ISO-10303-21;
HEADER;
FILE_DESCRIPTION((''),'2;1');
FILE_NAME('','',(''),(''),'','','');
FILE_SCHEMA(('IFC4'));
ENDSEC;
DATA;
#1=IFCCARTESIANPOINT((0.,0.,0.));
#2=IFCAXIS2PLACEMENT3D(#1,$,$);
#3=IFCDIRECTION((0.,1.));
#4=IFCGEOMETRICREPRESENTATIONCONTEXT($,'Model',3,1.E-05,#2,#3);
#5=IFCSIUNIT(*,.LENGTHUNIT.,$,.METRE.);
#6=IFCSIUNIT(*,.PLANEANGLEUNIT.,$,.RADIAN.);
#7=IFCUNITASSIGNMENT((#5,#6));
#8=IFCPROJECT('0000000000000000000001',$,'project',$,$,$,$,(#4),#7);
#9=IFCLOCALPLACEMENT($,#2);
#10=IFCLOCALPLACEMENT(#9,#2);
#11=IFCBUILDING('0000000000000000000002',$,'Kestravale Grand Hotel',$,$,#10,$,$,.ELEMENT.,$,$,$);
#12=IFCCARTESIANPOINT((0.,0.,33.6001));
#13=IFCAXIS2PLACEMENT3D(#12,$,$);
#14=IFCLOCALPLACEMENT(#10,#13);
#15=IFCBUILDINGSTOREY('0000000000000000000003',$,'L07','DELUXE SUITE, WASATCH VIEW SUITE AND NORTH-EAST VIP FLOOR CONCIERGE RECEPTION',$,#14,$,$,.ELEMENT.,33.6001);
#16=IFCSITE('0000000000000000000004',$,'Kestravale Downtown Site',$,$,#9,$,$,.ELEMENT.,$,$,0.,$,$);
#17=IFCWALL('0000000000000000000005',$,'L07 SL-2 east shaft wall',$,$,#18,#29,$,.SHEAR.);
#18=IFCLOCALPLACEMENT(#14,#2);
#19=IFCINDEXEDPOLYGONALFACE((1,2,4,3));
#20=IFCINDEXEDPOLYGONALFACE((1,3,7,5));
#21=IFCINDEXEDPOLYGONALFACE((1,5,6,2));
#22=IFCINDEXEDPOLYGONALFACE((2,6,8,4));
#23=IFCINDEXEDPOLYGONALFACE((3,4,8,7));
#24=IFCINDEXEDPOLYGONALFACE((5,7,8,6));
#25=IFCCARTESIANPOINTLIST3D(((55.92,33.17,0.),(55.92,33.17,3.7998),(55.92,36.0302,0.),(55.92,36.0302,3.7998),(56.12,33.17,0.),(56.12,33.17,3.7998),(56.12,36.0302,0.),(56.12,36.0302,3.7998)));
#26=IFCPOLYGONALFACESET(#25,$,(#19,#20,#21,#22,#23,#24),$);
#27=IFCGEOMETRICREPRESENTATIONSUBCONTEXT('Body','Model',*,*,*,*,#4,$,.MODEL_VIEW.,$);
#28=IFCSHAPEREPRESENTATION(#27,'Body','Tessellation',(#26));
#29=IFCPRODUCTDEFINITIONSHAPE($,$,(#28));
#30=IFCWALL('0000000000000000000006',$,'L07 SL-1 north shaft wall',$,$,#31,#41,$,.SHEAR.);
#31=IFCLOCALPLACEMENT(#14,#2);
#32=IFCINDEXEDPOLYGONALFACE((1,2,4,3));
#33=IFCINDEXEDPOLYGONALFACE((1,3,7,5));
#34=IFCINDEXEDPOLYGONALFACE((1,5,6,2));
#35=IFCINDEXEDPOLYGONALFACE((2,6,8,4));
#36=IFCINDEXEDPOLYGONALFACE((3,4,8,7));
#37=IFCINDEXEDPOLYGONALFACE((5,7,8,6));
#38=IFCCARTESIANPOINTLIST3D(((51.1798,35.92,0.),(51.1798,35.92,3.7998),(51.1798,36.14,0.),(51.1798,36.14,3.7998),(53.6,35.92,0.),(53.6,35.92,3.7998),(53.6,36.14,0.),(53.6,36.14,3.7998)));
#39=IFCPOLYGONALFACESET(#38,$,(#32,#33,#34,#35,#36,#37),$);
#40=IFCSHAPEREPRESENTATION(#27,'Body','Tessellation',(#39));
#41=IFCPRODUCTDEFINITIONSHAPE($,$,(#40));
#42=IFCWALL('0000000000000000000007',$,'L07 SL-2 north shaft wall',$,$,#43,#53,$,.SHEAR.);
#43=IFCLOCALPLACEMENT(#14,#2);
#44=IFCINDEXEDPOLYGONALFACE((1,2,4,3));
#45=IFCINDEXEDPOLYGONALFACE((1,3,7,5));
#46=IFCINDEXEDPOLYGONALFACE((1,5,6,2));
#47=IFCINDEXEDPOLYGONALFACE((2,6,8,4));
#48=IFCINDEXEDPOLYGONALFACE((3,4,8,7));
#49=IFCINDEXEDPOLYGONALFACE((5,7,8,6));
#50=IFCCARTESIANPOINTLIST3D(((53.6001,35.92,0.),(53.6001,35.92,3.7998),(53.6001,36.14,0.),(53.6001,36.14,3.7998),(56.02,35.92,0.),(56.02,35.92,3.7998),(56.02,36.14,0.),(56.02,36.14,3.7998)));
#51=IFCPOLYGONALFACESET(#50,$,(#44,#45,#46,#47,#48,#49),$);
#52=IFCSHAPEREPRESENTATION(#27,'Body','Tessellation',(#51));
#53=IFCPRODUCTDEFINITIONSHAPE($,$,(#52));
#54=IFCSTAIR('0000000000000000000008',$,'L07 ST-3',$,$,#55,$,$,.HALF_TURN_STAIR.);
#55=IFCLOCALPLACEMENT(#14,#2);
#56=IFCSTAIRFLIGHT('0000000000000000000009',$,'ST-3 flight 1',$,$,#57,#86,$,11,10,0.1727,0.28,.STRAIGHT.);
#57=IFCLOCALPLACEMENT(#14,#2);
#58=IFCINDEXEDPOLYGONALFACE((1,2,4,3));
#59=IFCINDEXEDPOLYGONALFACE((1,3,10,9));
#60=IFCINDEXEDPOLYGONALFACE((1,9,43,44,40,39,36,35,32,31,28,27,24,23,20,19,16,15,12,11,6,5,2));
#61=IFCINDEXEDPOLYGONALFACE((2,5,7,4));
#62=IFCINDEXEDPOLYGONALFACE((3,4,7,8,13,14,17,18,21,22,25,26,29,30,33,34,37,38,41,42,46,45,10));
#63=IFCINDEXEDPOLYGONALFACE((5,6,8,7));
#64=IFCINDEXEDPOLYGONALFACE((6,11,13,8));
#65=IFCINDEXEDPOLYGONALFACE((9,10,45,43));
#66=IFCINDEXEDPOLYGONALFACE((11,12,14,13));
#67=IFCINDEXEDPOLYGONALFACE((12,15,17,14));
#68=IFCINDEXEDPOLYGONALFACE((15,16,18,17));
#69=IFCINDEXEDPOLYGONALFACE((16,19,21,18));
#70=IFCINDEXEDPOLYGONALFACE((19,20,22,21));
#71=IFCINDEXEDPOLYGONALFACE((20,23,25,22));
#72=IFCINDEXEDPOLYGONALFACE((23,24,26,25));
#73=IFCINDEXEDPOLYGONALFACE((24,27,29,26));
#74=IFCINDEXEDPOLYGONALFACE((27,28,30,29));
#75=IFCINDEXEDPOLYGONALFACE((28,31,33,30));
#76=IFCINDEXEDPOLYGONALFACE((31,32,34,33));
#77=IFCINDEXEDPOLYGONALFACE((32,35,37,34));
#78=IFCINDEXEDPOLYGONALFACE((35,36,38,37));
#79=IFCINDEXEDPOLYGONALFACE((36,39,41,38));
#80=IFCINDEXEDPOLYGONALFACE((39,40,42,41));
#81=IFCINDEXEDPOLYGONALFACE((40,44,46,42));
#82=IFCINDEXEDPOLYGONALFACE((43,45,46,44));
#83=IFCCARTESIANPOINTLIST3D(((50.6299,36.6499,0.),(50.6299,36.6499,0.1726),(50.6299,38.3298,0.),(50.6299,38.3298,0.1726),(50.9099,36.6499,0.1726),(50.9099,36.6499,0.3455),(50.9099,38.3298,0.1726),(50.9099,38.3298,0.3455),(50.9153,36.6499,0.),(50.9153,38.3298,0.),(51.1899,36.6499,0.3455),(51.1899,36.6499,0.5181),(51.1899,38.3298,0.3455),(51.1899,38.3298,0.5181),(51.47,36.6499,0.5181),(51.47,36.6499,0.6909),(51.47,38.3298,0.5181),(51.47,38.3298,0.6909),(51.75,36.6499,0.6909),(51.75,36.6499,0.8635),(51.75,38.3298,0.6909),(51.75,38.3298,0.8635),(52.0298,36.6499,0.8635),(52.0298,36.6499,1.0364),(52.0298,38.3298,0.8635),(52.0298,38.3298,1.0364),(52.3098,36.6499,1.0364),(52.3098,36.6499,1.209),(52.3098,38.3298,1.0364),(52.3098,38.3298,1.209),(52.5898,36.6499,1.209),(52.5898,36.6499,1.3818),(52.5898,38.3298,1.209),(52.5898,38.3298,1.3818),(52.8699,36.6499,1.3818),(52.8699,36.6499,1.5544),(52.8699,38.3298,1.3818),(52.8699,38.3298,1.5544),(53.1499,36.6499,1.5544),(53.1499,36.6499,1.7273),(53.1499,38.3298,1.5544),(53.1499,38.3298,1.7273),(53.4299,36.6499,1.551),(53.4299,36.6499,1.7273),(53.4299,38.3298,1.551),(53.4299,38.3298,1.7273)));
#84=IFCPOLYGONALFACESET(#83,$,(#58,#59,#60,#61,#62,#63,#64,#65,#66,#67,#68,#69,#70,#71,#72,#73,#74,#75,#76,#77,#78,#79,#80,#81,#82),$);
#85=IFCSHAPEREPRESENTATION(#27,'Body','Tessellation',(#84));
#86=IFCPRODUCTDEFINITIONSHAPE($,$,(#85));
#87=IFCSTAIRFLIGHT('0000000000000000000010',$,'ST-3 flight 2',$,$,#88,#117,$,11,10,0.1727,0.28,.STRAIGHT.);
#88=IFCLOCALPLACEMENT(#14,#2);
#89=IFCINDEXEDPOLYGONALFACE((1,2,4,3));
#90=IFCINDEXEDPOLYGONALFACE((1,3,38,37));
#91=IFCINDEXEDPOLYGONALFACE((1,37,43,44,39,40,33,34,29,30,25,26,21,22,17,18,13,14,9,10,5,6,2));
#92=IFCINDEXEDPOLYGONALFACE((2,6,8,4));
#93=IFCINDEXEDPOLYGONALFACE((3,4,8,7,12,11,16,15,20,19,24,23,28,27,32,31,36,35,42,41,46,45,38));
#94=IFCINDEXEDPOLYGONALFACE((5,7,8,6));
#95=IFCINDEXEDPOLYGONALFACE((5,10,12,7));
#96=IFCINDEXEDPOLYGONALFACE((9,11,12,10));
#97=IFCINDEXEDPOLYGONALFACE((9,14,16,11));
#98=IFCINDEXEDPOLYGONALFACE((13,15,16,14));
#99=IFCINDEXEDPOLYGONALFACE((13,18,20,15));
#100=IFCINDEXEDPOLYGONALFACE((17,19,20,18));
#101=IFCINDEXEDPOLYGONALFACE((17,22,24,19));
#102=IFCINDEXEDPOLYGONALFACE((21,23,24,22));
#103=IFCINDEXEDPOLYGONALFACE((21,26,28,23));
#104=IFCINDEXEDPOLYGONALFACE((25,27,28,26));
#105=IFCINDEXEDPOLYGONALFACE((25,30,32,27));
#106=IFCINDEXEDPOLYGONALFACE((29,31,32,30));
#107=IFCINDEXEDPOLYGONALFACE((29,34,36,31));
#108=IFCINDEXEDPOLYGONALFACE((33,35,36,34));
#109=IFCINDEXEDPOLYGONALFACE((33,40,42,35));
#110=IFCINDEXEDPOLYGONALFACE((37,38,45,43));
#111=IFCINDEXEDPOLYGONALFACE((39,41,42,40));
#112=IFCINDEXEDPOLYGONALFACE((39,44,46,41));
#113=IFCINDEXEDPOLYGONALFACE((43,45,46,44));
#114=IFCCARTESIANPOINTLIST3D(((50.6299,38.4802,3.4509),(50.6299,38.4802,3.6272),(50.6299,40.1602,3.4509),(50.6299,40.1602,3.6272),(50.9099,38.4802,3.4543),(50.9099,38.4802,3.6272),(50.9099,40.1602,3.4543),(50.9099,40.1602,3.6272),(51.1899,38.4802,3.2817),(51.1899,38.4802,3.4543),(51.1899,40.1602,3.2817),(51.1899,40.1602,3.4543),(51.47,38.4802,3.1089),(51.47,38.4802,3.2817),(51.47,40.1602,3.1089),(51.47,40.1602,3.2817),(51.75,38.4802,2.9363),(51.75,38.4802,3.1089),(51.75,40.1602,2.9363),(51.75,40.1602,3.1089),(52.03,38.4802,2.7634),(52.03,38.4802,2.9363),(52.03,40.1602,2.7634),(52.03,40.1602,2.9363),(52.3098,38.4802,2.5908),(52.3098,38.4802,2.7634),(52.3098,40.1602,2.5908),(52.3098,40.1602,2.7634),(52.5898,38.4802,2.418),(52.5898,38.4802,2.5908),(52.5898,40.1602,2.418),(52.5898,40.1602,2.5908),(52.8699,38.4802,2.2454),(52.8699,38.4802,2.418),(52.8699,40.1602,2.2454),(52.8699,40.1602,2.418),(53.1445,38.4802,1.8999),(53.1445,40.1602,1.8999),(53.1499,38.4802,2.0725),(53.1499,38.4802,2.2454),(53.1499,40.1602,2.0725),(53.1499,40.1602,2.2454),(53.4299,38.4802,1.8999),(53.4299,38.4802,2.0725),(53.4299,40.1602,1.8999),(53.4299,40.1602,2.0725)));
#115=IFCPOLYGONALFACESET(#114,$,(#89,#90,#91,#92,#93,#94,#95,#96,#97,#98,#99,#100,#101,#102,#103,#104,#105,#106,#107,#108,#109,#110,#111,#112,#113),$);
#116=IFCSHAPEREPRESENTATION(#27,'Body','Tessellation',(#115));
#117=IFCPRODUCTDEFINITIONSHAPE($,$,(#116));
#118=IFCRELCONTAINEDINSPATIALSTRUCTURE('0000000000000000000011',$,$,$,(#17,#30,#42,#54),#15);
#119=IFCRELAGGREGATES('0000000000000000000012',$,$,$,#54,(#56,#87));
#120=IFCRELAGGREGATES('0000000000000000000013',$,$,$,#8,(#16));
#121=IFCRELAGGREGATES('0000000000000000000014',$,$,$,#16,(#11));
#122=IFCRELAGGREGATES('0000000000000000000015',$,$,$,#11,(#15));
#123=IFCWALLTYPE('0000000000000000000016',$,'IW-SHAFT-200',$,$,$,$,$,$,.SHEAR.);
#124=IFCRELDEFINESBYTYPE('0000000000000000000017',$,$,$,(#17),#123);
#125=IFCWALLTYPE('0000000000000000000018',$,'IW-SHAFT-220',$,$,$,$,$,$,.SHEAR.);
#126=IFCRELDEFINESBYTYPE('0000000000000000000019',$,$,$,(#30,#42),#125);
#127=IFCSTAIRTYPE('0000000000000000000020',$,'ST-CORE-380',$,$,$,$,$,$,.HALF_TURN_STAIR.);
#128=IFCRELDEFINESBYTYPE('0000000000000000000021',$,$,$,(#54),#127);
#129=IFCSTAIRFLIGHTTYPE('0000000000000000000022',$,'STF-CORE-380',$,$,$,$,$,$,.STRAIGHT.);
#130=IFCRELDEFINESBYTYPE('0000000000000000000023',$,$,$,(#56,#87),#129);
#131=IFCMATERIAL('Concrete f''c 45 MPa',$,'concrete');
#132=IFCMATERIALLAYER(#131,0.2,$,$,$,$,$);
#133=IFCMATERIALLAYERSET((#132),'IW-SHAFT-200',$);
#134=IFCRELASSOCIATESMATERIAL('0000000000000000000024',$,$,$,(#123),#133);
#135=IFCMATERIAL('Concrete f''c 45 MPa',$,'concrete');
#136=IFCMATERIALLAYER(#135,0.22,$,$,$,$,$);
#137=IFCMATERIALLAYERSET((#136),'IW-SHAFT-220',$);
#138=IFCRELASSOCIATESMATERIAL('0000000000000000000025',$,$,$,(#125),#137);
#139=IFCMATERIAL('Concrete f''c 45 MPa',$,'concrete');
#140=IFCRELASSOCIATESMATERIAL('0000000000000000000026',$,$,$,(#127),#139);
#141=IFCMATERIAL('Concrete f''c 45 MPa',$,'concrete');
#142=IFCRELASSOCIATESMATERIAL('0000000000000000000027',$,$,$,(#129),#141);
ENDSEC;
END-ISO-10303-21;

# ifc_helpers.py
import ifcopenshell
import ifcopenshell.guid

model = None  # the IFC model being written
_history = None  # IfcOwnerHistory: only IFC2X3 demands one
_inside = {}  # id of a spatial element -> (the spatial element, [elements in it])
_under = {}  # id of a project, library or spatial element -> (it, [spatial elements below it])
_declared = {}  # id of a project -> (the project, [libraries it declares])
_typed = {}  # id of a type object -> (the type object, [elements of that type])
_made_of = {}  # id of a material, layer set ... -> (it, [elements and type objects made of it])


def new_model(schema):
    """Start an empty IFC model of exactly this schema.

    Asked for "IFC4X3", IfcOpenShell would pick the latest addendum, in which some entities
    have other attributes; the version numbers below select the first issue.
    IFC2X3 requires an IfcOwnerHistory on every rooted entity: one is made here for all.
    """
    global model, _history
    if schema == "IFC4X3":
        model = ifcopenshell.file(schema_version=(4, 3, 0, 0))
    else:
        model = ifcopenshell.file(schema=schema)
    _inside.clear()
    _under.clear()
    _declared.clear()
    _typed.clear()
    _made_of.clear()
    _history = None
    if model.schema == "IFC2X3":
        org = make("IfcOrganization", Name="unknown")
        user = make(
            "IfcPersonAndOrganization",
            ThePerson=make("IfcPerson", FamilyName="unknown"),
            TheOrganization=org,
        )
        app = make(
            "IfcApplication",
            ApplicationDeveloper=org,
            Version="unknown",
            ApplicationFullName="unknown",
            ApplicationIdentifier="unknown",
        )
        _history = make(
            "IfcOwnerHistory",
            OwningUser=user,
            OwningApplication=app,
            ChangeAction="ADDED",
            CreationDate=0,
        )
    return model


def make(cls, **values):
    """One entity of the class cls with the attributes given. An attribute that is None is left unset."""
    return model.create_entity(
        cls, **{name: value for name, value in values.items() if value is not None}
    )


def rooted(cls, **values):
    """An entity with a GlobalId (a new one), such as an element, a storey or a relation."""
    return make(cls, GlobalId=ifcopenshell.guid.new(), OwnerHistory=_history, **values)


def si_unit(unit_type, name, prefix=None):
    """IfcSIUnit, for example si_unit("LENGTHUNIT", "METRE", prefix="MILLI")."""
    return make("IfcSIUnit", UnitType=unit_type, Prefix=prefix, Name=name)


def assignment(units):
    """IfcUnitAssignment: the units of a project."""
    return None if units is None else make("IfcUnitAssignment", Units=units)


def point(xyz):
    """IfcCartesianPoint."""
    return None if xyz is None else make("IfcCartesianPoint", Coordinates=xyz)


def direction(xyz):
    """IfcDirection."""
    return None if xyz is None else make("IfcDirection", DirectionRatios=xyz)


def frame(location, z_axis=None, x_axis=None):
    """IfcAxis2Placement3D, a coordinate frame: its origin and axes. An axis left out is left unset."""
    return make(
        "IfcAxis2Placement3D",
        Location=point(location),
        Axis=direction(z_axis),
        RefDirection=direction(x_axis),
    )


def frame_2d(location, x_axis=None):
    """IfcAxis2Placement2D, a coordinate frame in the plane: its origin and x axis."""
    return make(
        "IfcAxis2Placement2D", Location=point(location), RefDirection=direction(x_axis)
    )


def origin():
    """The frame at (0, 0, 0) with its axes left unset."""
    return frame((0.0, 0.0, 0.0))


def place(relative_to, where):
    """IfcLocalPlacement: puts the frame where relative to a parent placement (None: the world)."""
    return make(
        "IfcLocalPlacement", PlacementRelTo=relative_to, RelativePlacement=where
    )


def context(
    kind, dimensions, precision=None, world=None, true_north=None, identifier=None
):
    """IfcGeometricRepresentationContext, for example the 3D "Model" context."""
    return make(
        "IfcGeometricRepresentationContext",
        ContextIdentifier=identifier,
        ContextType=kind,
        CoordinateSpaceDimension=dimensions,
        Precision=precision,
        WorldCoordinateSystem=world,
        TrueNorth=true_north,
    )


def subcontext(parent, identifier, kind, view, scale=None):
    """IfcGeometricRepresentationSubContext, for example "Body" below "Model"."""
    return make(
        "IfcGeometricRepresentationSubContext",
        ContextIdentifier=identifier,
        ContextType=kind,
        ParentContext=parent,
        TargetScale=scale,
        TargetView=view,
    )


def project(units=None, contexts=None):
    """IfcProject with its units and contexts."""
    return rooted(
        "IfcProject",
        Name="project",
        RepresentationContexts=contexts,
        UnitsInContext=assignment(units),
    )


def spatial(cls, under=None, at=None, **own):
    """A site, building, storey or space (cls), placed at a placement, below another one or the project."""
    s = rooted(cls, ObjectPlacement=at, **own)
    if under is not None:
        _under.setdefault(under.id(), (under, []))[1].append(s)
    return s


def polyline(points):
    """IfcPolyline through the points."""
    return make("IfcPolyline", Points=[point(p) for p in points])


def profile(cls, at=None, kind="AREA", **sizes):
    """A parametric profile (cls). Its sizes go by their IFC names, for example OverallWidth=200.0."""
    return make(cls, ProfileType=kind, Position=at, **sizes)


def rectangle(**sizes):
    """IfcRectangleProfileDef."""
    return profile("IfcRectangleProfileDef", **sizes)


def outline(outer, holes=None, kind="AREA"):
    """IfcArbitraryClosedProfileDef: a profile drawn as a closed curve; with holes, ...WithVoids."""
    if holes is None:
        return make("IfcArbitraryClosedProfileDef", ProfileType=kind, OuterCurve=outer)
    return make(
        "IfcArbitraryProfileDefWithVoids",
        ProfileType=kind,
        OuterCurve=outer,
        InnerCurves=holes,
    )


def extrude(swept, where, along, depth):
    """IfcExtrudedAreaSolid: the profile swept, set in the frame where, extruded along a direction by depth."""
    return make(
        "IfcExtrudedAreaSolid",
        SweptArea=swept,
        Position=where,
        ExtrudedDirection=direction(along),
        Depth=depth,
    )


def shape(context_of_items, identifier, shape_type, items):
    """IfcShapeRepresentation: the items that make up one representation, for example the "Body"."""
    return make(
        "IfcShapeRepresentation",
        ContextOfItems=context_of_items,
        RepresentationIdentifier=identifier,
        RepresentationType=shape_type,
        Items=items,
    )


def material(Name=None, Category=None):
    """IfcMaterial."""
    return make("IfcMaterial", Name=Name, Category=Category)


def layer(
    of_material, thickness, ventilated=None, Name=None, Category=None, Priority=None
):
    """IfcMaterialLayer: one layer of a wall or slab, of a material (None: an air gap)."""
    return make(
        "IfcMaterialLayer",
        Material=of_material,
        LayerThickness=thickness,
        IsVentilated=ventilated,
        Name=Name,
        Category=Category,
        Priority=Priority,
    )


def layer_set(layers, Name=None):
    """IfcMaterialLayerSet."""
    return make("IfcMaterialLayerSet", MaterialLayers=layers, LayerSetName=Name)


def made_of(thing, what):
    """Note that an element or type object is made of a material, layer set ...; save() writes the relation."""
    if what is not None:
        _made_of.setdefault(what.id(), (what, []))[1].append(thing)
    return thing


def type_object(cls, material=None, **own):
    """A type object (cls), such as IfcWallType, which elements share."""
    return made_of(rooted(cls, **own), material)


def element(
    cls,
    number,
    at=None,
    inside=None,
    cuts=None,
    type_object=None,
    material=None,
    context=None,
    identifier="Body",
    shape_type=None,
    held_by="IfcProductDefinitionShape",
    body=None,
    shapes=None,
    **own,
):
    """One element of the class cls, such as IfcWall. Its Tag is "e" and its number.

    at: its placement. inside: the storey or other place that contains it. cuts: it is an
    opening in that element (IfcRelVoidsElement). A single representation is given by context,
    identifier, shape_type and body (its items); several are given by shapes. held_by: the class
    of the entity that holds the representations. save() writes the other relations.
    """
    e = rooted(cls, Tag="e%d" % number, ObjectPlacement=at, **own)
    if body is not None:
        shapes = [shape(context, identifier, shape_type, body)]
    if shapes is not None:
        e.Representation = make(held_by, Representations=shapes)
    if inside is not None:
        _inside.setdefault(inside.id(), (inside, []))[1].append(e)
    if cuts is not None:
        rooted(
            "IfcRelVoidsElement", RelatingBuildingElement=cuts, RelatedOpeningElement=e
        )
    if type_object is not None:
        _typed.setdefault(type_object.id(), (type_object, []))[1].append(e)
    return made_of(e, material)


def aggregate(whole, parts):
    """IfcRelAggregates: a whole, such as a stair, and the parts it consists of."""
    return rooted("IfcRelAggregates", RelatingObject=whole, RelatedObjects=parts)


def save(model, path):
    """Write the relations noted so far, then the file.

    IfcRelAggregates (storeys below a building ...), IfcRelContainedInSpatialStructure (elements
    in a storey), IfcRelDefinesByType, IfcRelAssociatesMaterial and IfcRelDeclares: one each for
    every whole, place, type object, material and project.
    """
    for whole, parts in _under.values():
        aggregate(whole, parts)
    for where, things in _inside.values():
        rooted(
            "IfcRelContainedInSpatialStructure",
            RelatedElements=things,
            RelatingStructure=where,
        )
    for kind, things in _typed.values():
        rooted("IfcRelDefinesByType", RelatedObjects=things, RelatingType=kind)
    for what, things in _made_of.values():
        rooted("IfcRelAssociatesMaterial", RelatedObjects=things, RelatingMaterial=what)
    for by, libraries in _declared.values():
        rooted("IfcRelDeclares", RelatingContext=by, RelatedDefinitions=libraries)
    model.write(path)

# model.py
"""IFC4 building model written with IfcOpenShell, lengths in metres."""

from ifc_helpers import new_model, si_unit, direction, frame, frame_2d, origin, place, context, subcontext, project, spatial, polyline, rectangle, outline, extrude, material, layer, layer_set, type_object, element, aggregate, save


model = new_model("IFC4")

# Units and contexts
model_context = context("Model", 3, precision=1e-05, world=origin(), true_north=direction((0.0, 1.0)))
body_context = subcontext(model_context, "Body", "Model", "MODEL_VIEW")
ifc_project = project(units=[si_unit("LENGTHUNIT", "METRE"), si_unit("PLANEANGLEUNIT", "RADIAN")], contexts=[model_context])

# Site, building, storey
site_placement = place(None, origin())
site = spatial("IfcSite", under=ifc_project, at=site_placement, Name="Kestravale Downtown Site", CompositionType="ELEMENT", RefElevation=0.0)
building_placement = place(site_placement, origin())
building = spatial("IfcBuilding", under=site, at=building_placement, Name="Kestravale Grand Hotel", CompositionType="ELEMENT")
storey_placement = place(building_placement, frame((0.0, 0.0, 33.6001)))
storey = spatial("IfcBuildingStorey", under=building, at=storey_placement, Name="L07", Description="DELUXE SUITE, WASATCH VIEW SUITE AND NORTH-EAST VIP FLOOR CONCIERGE RECEPTION", CompositionType="ELEMENT", Elevation=33.6001)

# Walls
ifc_material_1 = material(Name="Concrete f'c 45 MPa", Category="concrete")
ifc_layer_1 = layer(ifc_material_1, 0.2)
ifc_layer_set_1 = layer_set([ifc_layer_1], Name="IW-SHAFT-200")
wall_type_1 = type_object("IfcWallType", Name="IW-SHAFT-200", PredefinedType="SHEAR", material=ifc_layer_set_1)
for number, where, z_axis, x_axis, name in (
    (1, (56.02, 33.1699, 0.0), (0.0, 0.0, 1.0), (0.0, 1.0, 0.0), "L07 SL-2 east shaft wall"),
):
    element("IfcWall", number, at=place(storey_placement, frame(where, z_axis=z_axis, x_axis=x_axis)), inside=storey, type_object=wall_type_1, Name=name, PredefinedType="SHEAR", context=body_context, shape_type="SweptSolid", body=[
        extrude(rectangle(XDim=2.8601, YDim=0.2, at=frame_2d((1.4302, 0.0))), origin(), (0.0, 0.0, 1.0), 3.7998),
    ])
ifc_material_2 = material(Name="Concrete f'c 45 MPa", Category="concrete")
ifc_layer_2 = layer(ifc_material_2, 0.22)
ifc_layer_set_2 = layer_set([ifc_layer_2], Name="IW-SHAFT-220")
wall_type_2 = type_object("IfcWallType", Name="IW-SHAFT-220", PredefinedType="SHEAR", material=ifc_layer_set_2)
wall_1_placement = place(storey_placement, frame((51.1799, 36.03, 0.0), z_axis=(0.0, 0.0, 1.0), x_axis=(1.0, 0.0, 0.0)))
element("IfcWall", 2, at=wall_1_placement, inside=storey, type_object=wall_type_2, Name="L07 SL-1 north shaft wall", PredefinedType="SHEAR", context=body_context, shape_type="SweptSolid", body=[
    extrude(rectangle(XDim=2.4202, YDim=0.22, at=frame_2d((1.21, 0.0))), origin(), (0.0, 0.0, 1.0), 3.7998),
])

# Wall
wall_2_placement = place(storey_placement, frame((53.6001, 36.03, 0.0), z_axis=(0.0, 0.0, 1.0), x_axis=(1.0, 0.0, 0.0)))
element("IfcWall", 3, at=wall_2_placement, inside=storey, type_object=wall_type_2, Name="L07 SL-2 north shaft wall", PredefinedType="SHEAR", context=body_context, shape_type="SweptSolid", body=[
    extrude(rectangle(XDim=2.4199, YDim=0.22, at=frame_2d((1.21, 0.0))), origin(), (0.0, 0.0, 1.0), 3.7998),
])

# Stair, stair flights
ifc_material_3 = material(Name="Concrete f'c 45 MPa", Category="concrete")
stair_type = type_object("IfcStairType", Name="ST-CORE-380", PredefinedType="HALF_TURN_STAIR", material=ifc_material_3)
stair_placement = place(storey_placement, origin())
stair = element("IfcStair", 4, at=stair_placement, inside=storey, type_object=stair_type, Name="L07 ST-3", PredefinedType="HALF_TURN_STAIR")
ifc_material_4 = material(Name="Concrete f'c 45 MPa", Category="concrete")
stair_flight_type = type_object("IfcStairFlightType", Name="STF-CORE-380", PredefinedType="STRAIGHT", material=ifc_material_4)
stair_flight_1_placement = place(storey_placement, frame((50.6299, 37.49, 0.0), z_axis=(0.0, 0.0, 1.0), x_axis=(1.0, 0.0, 0.0)))
stair_flight_1 = element("IfcStairFlight", 5, at=stair_flight_1_placement, type_object=stair_flight_type, Name="ST-3 flight 1", NumberOfRisers=11, NumberOfTreads=10, PredefinedType="STRAIGHT", RiserHeight=0.1727, TreadLength=0.28, context=body_context, shape_type="SweptSolid", body=[
    extrude(outline(polyline([(0.0, 0.0), (0.0, 0.1726), (0.28, 0.1726), (0.28, 0.3455), (0.5601, 0.3455), (0.5601, 0.5181), (0.8401, 0.5181), (0.8401, 0.6909), (1.1201, 0.6909), (1.1201, 0.8635), (1.3999, 0.8635), (1.3999, 1.0364), (1.6799, 1.0364), (1.6799, 1.209), (1.96, 1.209), (1.96, 1.3818), (2.24, 1.3818), (2.24, 1.5544), (2.52, 1.5544), (2.52, 1.7273), (2.8, 1.7273), (2.8, 1.8999), (2.8, 1.551), (0.2854, 0.0), (0.0, 0.0)])), frame((0.0, 0.8398, 0.0), z_axis=(0.0, -1.0, 0.0), x_axis=(1.0, 0.0, 0.0)), (0.0, 0.0, 1.0), 1.6799),
])
stair_flight_2_placement = place(storey_placement, frame((53.4299, 39.3201, 1.8999), z_axis=(0.0, 0.0, 1.0), x_axis=(-1.0, 0.0, 0.0)))
stair_flight_2 = element("IfcStairFlight", 6, at=stair_flight_2_placement, type_object=stair_flight_type, Name="ST-3 flight 2", NumberOfRisers=11, NumberOfTreads=10, PredefinedType="STRAIGHT", RiserHeight=0.1727, TreadLength=0.28, context=body_context, shape_type="SweptSolid", body=[
    extrude(outline(polyline([(0.0, 0.0), (0.0, 0.1726), (0.28, 0.1726), (0.28, 0.3455), (0.5601, 0.3455), (0.5601, 0.5181), (0.8401, 0.5181), (0.8401, 0.6909), (1.1201, 0.6909), (1.1201, 0.8635), (1.3999, 0.8635), (1.3999, 1.0364), (1.6799, 1.0364), (1.6799, 1.209), (1.96, 1.209), (1.96, 1.3818), (2.24, 1.3818), (2.24, 1.5544), (2.52, 1.5544), (2.52, 1.7273), (2.8, 1.7273), (2.8, 1.8999), (2.8, 1.551), (0.2854, 0.0), (0.0, 0.0)])), frame((0.0, 0.8398, 0.0), z_axis=(0.0, -1.0, 0.0), x_axis=(1.0, 0.0, 0.0)), (0.0, 0.0, 1.0), 1.6799),
])
aggregate(stair, [stair_flight_1, stair_flight_2])

save(model, "model.ifc")
